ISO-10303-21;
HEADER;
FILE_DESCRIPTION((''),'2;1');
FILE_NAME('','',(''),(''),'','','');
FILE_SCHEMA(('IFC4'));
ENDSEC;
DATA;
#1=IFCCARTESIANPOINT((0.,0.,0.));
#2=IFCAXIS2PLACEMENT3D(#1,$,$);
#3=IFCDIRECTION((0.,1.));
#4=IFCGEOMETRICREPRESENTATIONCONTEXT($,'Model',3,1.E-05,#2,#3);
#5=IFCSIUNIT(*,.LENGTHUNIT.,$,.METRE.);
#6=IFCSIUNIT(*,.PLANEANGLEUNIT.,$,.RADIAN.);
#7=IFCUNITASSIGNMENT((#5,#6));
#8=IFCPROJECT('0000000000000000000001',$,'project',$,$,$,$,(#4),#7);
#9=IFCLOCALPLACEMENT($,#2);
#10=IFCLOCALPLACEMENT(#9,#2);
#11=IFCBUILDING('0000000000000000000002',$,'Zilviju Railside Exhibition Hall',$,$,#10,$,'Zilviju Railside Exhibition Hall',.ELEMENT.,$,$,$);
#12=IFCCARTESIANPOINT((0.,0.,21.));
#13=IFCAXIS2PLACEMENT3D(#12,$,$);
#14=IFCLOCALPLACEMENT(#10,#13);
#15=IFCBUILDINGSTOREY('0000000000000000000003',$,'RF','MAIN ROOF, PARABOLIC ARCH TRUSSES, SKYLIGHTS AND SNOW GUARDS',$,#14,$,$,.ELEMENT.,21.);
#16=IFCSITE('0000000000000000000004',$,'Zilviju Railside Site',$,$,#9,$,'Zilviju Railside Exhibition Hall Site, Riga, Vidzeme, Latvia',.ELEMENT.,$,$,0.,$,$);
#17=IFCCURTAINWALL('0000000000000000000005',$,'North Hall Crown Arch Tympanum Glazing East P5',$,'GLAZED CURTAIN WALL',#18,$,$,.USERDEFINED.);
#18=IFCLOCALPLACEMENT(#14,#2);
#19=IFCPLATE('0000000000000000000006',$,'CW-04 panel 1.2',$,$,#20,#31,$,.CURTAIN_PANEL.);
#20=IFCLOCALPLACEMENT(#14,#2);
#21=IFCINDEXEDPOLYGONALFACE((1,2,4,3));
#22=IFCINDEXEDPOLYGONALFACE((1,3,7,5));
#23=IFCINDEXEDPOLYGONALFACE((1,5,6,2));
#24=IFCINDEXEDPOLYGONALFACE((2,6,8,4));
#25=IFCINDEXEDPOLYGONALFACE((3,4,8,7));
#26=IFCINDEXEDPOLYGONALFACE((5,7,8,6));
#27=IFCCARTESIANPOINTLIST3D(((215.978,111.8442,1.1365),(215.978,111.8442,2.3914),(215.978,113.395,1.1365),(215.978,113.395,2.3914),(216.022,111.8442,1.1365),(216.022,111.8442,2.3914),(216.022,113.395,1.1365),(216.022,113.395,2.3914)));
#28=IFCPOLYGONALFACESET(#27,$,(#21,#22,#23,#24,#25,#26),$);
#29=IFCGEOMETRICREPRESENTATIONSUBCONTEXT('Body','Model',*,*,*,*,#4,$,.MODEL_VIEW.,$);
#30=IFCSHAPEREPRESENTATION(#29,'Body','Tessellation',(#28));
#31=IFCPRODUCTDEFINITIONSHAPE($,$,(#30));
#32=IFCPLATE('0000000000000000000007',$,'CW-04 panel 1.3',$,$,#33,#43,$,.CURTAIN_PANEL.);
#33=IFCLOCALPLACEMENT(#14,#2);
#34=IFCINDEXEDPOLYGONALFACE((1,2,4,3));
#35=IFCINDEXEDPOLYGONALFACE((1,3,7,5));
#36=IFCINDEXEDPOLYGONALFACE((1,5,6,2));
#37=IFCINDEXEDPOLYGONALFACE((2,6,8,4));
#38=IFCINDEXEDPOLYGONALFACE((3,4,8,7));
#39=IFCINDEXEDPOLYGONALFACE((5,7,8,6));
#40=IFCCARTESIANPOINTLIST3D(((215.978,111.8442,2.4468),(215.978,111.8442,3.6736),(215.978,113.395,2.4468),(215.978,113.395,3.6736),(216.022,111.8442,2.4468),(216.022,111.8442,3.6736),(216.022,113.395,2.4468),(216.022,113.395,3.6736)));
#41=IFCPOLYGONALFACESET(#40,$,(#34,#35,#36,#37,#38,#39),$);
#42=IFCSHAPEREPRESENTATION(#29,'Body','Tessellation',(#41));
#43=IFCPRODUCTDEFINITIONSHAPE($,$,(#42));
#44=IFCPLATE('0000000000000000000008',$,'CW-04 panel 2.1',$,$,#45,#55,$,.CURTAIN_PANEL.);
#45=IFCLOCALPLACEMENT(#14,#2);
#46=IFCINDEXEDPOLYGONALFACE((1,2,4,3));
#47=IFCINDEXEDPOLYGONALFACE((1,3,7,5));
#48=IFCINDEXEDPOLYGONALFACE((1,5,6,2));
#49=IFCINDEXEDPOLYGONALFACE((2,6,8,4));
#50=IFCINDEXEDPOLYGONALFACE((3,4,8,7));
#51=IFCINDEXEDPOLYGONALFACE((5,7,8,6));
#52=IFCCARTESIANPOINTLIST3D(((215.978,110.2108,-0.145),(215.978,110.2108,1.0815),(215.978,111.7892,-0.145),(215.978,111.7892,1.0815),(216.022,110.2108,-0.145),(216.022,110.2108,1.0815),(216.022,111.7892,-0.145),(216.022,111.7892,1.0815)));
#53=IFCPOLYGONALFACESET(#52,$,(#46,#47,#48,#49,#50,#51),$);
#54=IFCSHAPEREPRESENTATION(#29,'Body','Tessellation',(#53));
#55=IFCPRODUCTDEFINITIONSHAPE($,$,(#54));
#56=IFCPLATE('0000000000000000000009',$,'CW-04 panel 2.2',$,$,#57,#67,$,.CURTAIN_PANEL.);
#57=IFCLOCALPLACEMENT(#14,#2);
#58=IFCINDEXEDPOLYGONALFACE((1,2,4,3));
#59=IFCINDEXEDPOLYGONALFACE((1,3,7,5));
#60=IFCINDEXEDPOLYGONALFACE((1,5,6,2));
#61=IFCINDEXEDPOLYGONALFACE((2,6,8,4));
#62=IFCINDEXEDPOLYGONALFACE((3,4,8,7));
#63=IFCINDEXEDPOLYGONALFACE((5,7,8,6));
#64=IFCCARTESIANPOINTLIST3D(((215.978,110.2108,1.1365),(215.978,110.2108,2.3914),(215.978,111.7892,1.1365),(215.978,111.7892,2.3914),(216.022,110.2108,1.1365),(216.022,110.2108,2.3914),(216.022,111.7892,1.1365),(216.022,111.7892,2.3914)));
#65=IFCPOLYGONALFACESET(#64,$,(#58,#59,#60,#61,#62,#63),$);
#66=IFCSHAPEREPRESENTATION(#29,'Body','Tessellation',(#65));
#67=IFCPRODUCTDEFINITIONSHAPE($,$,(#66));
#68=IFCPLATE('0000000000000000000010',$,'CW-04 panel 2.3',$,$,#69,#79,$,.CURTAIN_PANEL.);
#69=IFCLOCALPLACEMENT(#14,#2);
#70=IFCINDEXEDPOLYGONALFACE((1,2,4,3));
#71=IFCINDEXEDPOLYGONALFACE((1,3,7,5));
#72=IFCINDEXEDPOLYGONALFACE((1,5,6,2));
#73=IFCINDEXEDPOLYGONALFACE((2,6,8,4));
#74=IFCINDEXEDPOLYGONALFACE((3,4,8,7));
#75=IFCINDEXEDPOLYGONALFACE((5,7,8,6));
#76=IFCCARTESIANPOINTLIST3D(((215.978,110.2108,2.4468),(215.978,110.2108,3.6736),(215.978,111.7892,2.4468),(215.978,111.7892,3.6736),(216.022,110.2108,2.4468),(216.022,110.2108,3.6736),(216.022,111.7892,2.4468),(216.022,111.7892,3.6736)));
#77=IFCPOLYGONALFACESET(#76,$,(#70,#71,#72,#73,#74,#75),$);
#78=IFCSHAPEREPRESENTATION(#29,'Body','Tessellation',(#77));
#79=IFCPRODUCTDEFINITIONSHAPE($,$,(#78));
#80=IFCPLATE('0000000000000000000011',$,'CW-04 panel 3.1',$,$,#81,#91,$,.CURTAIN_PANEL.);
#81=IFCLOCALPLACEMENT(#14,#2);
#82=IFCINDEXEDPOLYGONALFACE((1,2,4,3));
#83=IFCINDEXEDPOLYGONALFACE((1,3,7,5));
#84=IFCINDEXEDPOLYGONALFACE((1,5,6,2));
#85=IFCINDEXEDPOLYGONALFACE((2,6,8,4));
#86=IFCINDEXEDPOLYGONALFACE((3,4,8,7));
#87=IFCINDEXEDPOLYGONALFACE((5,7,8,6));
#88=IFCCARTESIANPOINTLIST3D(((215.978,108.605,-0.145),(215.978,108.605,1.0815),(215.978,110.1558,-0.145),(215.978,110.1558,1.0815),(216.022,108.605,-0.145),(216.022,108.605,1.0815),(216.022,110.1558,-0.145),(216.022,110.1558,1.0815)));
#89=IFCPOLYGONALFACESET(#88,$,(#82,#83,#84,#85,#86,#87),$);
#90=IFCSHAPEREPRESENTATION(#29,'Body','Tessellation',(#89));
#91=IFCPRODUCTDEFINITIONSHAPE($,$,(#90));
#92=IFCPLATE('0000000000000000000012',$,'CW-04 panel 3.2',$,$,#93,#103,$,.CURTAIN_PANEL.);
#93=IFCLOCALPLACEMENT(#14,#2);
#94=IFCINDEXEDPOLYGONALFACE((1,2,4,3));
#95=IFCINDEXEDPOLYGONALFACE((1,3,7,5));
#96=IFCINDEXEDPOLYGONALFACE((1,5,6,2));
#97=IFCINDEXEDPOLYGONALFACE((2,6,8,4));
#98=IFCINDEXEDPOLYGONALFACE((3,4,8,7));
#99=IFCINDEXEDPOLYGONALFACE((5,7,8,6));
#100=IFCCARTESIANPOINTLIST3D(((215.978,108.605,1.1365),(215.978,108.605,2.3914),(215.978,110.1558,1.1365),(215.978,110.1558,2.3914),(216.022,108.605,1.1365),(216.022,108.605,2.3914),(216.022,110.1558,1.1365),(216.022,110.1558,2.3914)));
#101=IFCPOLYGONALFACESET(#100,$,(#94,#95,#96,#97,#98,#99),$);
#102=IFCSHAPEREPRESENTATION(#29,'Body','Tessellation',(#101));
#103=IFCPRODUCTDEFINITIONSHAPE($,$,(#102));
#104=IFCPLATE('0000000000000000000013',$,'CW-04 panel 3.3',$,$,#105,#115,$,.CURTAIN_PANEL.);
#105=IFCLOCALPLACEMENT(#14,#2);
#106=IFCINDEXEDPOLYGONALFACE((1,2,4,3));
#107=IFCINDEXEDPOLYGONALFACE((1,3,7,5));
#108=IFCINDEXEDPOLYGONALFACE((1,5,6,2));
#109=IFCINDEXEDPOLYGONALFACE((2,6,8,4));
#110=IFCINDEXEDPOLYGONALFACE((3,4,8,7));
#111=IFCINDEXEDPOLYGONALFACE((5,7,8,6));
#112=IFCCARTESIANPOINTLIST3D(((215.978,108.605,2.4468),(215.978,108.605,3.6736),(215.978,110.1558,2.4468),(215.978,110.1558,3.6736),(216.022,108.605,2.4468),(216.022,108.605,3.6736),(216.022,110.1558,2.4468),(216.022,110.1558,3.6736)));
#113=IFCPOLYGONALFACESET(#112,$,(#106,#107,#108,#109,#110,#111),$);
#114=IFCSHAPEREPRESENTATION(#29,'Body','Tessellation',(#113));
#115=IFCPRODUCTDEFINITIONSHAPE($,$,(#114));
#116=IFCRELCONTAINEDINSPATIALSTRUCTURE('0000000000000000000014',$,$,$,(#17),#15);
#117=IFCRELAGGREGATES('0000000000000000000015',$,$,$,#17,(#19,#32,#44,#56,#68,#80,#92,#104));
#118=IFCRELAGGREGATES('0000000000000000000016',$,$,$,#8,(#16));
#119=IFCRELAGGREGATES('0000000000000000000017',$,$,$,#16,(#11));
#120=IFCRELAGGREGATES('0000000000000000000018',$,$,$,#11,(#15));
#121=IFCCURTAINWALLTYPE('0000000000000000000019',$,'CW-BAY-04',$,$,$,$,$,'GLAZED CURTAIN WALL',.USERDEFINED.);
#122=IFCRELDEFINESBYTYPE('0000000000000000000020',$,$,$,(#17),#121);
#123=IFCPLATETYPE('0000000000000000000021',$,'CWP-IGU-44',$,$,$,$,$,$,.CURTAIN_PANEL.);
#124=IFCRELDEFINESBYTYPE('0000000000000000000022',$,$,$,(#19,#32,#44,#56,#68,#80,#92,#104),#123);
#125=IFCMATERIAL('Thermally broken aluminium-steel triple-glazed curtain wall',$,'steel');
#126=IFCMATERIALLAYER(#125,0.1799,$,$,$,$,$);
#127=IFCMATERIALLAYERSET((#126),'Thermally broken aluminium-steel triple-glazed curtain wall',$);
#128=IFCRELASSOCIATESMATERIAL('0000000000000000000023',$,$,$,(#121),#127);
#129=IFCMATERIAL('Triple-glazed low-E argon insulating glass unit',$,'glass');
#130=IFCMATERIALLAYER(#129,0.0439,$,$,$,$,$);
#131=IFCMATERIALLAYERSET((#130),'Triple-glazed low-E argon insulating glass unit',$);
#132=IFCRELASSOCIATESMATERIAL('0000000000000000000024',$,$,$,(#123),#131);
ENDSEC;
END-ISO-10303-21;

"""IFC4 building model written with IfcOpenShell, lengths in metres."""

from ifc_helpers import new_model, si_unit, direction, frame, origin, origin_2d, place, context, subcontext, project, spatial, rectangle, extrude, material, layer, layer_set, type_object, element, aggregate, save


model = new_model("IFC4")

# Units and contexts
model_context = context("Model", 3, precision=1e-05, world=origin(), true_north=direction((0.0, 1.0)))
body_context = subcontext(model_context, "Body", "Model", "MODEL_VIEW")
ifc_project = project(units=[si_unit("LENGTHUNIT", "METRE"), si_unit("PLANEANGLEUNIT", "RADIAN")], contexts=[model_context])

# Site, building, storey
site_placement = place(None, origin())
site = spatial("IfcSite", under=ifc_project, at=site_placement, Name="Zilviju Railside Site", LongName="Zilviju Railside Exhibition Hall Site, Riga, Vidzeme, Latvia", CompositionType="ELEMENT", RefElevation=0.0)
building_placement = place(site_placement, origin())
building = spatial("IfcBuilding", under=site, at=building_placement, Name="Zilviju Railside Exhibition Hall", LongName="Zilviju Railside Exhibition Hall", CompositionType="ELEMENT")
storey_placement = place(building_placement, frame((0.0, 0.0, 21.0)))
storey = spatial("IfcBuildingStorey", under=building, at=storey_placement, Name="RF", Description="MAIN ROOF, PARABOLIC ARCH TRUSSES, SKYLIGHTS AND SNOW GUARDS", CompositionType="ELEMENT", Elevation=21.0)

# Curtain wall
ifc_material_1 = material(Name="Thermally broken aluminium-steel triple-glazed curtain wall", Category="steel")
ifc_layer_1 = layer(ifc_material_1, 0.1799)
ifc_layer_set_1 = layer_set([ifc_layer_1], Name="Thermally broken aluminium-steel triple-glazed curtain wall")
curtain_wall_type = type_object("IfcCurtainWallType", Name="CW-BAY-04", ElementType="GLAZED CURTAIN WALL", PredefinedType="USERDEFINED", material=ifc_layer_set_1)
curtain_wall_placement = place(storey_placement, origin())
curtain_wall = element("IfcCurtainWall", 1, at=curtain_wall_placement, inside=storey, type_object=curtain_wall_type, Name="North Hall Crown Arch Tympanum Glazing East P5", ObjectType="GLAZED CURTAIN WALL", PredefinedType="USERDEFINED")

# Plates
ifc_material_2 = material(Name="Triple-glazed low-E argon insulating glass unit", Category="glass")
ifc_layer_2 = layer(ifc_material_2, 0.0439)
ifc_layer_set_2 = layer_set([ifc_layer_2], Name="Triple-glazed low-E argon insulating glass unit")
plate_type = type_object("IfcPlateType", Name="CWP-IGU-44", PredefinedType="CURTAIN_PANEL", material=ifc_layer_set_2)
plate_1_placement = place(storey_placement, frame((216.0, 112.6196, 1.1365), z_axis=(0.0, 0.0, 1.0), x_axis=(0.0, -1.0, 0.0)))
plate_1 = element("IfcPlate", 2, at=plate_1_placement, type_object=plate_type, Name="CW-04 panel 1.2", PredefinedType="CURTAIN_PANEL", context=body_context, shape_type="SweptSolid", body=[
    extrude(rectangle(XDim=1.5508, YDim=0.0439, at=origin_2d()), origin(), (0.0, 0.0, 1.0), 1.2549),
])
plate_2_placement = place(storey_placement, frame((216.0, 112.6196, 2.4468), z_axis=(0.0, 0.0, 1.0), x_axis=(0.0, -1.0, 0.0)))
plate_2 = element("IfcPlate", 3, at=plate_2_placement, type_object=plate_type, Name="CW-04 panel 1.3", PredefinedType="CURTAIN_PANEL", context=body_context, shape_type="SweptSolid", body=[
    extrude(rectangle(XDim=1.5508, YDim=0.0439, at=origin_2d()), origin(), (0.0, 0.0, 1.0), 1.2268),
])
plate_3_placement = place(storey_placement, frame((216.0, 111.0, -0.145), z_axis=(0.0, 0.0, 1.0), x_axis=(0.0, -1.0, 0.0)))
plate_3 = element("IfcPlate", 4, at=plate_3_placement, type_object=plate_type, Name="CW-04 panel 2.1", PredefinedType="CURTAIN_PANEL", context=body_context, shape_type="SweptSolid", body=[
    extrude(rectangle(XDim=1.5784, YDim=0.0439, at=origin_2d()), origin(), (0.0, 0.0, 1.0), 1.2266),
])
plate_4_placement = place(storey_placement, frame((216.0, 111.0, 1.1365), z_axis=(0.0, 0.0, 1.0), x_axis=(0.0, -1.0, 0.0)))
plate_4 = element("IfcPlate", 5, at=plate_4_placement, type_object=plate_type, Name="CW-04 panel 2.2", PredefinedType="CURTAIN_PANEL", context=body_context, shape_type="SweptSolid", body=[
    extrude(rectangle(XDim=1.5784, YDim=0.0439, at=origin_2d()), origin(), (0.0, 0.0, 1.0), 1.2549),
])
plate_5_placement = place(storey_placement, frame((216.0, 111.0, 2.4468), z_axis=(0.0, 0.0, 1.0), x_axis=(0.0, -1.0, 0.0)))
plate_5 = element("IfcPlate", 6, at=plate_5_placement, type_object=plate_type, Name="CW-04 panel 2.3", PredefinedType="CURTAIN_PANEL", context=body_context, shape_type="SweptSolid", body=[
    extrude(rectangle(XDim=1.5784, YDim=0.0439, at=origin_2d()), origin(), (0.0, 0.0, 1.0), 1.2268),
])
plate_6_placement = place(storey_placement, frame((216.0, 109.3804, -0.145), z_axis=(0.0, 0.0, 1.0), x_axis=(0.0, -1.0, 0.0)))
plate_6 = element("IfcPlate", 7, at=plate_6_placement, type_object=plate_type, Name="CW-04 panel 3.1", PredefinedType="CURTAIN_PANEL", context=body_context, shape_type="SweptSolid", body=[
    extrude(rectangle(XDim=1.5508, YDim=0.0439, at=origin_2d()), origin(), (0.0, 0.0, 1.0), 1.2266),
])
plate_7_placement = place(storey_placement, frame((216.0, 109.3804, 1.1365), z_axis=(0.0, 0.0, 1.0), x_axis=(0.0, -1.0, 0.0)))
plate_7 = element("IfcPlate", 8, at=plate_7_placement, type_object=plate_type, Name="CW-04 panel 3.2", PredefinedType="CURTAIN_PANEL", context=body_context, shape_type="SweptSolid", body=[
    extrude(rectangle(XDim=1.5508, YDim=0.0439, at=origin_2d()), origin(), (0.0, 0.0, 1.0), 1.2549),
])
plate_8_placement = place(storey_placement, frame((216.0, 109.3804, 2.4468), z_axis=(0.0, 0.0, 1.0), x_axis=(0.0, -1.0, 0.0)))
plate_8 = element("IfcPlate", 9, at=plate_8_placement, type_object=plate_type, Name="CW-04 panel 3.3", PredefinedType="CURTAIN_PANEL", context=body_context, shape_type="SweptSolid", body=[
    extrude(rectangle(XDim=1.5508, YDim=0.0439, at=origin_2d()), origin(), (0.0, 0.0, 1.0), 1.2268),
])
aggregate(curtain_wall, [plate_1, plate_2, plate_3, plate_4, plate_5, plate_6, plate_7, plate_8])

save(model, "model.ifc")
